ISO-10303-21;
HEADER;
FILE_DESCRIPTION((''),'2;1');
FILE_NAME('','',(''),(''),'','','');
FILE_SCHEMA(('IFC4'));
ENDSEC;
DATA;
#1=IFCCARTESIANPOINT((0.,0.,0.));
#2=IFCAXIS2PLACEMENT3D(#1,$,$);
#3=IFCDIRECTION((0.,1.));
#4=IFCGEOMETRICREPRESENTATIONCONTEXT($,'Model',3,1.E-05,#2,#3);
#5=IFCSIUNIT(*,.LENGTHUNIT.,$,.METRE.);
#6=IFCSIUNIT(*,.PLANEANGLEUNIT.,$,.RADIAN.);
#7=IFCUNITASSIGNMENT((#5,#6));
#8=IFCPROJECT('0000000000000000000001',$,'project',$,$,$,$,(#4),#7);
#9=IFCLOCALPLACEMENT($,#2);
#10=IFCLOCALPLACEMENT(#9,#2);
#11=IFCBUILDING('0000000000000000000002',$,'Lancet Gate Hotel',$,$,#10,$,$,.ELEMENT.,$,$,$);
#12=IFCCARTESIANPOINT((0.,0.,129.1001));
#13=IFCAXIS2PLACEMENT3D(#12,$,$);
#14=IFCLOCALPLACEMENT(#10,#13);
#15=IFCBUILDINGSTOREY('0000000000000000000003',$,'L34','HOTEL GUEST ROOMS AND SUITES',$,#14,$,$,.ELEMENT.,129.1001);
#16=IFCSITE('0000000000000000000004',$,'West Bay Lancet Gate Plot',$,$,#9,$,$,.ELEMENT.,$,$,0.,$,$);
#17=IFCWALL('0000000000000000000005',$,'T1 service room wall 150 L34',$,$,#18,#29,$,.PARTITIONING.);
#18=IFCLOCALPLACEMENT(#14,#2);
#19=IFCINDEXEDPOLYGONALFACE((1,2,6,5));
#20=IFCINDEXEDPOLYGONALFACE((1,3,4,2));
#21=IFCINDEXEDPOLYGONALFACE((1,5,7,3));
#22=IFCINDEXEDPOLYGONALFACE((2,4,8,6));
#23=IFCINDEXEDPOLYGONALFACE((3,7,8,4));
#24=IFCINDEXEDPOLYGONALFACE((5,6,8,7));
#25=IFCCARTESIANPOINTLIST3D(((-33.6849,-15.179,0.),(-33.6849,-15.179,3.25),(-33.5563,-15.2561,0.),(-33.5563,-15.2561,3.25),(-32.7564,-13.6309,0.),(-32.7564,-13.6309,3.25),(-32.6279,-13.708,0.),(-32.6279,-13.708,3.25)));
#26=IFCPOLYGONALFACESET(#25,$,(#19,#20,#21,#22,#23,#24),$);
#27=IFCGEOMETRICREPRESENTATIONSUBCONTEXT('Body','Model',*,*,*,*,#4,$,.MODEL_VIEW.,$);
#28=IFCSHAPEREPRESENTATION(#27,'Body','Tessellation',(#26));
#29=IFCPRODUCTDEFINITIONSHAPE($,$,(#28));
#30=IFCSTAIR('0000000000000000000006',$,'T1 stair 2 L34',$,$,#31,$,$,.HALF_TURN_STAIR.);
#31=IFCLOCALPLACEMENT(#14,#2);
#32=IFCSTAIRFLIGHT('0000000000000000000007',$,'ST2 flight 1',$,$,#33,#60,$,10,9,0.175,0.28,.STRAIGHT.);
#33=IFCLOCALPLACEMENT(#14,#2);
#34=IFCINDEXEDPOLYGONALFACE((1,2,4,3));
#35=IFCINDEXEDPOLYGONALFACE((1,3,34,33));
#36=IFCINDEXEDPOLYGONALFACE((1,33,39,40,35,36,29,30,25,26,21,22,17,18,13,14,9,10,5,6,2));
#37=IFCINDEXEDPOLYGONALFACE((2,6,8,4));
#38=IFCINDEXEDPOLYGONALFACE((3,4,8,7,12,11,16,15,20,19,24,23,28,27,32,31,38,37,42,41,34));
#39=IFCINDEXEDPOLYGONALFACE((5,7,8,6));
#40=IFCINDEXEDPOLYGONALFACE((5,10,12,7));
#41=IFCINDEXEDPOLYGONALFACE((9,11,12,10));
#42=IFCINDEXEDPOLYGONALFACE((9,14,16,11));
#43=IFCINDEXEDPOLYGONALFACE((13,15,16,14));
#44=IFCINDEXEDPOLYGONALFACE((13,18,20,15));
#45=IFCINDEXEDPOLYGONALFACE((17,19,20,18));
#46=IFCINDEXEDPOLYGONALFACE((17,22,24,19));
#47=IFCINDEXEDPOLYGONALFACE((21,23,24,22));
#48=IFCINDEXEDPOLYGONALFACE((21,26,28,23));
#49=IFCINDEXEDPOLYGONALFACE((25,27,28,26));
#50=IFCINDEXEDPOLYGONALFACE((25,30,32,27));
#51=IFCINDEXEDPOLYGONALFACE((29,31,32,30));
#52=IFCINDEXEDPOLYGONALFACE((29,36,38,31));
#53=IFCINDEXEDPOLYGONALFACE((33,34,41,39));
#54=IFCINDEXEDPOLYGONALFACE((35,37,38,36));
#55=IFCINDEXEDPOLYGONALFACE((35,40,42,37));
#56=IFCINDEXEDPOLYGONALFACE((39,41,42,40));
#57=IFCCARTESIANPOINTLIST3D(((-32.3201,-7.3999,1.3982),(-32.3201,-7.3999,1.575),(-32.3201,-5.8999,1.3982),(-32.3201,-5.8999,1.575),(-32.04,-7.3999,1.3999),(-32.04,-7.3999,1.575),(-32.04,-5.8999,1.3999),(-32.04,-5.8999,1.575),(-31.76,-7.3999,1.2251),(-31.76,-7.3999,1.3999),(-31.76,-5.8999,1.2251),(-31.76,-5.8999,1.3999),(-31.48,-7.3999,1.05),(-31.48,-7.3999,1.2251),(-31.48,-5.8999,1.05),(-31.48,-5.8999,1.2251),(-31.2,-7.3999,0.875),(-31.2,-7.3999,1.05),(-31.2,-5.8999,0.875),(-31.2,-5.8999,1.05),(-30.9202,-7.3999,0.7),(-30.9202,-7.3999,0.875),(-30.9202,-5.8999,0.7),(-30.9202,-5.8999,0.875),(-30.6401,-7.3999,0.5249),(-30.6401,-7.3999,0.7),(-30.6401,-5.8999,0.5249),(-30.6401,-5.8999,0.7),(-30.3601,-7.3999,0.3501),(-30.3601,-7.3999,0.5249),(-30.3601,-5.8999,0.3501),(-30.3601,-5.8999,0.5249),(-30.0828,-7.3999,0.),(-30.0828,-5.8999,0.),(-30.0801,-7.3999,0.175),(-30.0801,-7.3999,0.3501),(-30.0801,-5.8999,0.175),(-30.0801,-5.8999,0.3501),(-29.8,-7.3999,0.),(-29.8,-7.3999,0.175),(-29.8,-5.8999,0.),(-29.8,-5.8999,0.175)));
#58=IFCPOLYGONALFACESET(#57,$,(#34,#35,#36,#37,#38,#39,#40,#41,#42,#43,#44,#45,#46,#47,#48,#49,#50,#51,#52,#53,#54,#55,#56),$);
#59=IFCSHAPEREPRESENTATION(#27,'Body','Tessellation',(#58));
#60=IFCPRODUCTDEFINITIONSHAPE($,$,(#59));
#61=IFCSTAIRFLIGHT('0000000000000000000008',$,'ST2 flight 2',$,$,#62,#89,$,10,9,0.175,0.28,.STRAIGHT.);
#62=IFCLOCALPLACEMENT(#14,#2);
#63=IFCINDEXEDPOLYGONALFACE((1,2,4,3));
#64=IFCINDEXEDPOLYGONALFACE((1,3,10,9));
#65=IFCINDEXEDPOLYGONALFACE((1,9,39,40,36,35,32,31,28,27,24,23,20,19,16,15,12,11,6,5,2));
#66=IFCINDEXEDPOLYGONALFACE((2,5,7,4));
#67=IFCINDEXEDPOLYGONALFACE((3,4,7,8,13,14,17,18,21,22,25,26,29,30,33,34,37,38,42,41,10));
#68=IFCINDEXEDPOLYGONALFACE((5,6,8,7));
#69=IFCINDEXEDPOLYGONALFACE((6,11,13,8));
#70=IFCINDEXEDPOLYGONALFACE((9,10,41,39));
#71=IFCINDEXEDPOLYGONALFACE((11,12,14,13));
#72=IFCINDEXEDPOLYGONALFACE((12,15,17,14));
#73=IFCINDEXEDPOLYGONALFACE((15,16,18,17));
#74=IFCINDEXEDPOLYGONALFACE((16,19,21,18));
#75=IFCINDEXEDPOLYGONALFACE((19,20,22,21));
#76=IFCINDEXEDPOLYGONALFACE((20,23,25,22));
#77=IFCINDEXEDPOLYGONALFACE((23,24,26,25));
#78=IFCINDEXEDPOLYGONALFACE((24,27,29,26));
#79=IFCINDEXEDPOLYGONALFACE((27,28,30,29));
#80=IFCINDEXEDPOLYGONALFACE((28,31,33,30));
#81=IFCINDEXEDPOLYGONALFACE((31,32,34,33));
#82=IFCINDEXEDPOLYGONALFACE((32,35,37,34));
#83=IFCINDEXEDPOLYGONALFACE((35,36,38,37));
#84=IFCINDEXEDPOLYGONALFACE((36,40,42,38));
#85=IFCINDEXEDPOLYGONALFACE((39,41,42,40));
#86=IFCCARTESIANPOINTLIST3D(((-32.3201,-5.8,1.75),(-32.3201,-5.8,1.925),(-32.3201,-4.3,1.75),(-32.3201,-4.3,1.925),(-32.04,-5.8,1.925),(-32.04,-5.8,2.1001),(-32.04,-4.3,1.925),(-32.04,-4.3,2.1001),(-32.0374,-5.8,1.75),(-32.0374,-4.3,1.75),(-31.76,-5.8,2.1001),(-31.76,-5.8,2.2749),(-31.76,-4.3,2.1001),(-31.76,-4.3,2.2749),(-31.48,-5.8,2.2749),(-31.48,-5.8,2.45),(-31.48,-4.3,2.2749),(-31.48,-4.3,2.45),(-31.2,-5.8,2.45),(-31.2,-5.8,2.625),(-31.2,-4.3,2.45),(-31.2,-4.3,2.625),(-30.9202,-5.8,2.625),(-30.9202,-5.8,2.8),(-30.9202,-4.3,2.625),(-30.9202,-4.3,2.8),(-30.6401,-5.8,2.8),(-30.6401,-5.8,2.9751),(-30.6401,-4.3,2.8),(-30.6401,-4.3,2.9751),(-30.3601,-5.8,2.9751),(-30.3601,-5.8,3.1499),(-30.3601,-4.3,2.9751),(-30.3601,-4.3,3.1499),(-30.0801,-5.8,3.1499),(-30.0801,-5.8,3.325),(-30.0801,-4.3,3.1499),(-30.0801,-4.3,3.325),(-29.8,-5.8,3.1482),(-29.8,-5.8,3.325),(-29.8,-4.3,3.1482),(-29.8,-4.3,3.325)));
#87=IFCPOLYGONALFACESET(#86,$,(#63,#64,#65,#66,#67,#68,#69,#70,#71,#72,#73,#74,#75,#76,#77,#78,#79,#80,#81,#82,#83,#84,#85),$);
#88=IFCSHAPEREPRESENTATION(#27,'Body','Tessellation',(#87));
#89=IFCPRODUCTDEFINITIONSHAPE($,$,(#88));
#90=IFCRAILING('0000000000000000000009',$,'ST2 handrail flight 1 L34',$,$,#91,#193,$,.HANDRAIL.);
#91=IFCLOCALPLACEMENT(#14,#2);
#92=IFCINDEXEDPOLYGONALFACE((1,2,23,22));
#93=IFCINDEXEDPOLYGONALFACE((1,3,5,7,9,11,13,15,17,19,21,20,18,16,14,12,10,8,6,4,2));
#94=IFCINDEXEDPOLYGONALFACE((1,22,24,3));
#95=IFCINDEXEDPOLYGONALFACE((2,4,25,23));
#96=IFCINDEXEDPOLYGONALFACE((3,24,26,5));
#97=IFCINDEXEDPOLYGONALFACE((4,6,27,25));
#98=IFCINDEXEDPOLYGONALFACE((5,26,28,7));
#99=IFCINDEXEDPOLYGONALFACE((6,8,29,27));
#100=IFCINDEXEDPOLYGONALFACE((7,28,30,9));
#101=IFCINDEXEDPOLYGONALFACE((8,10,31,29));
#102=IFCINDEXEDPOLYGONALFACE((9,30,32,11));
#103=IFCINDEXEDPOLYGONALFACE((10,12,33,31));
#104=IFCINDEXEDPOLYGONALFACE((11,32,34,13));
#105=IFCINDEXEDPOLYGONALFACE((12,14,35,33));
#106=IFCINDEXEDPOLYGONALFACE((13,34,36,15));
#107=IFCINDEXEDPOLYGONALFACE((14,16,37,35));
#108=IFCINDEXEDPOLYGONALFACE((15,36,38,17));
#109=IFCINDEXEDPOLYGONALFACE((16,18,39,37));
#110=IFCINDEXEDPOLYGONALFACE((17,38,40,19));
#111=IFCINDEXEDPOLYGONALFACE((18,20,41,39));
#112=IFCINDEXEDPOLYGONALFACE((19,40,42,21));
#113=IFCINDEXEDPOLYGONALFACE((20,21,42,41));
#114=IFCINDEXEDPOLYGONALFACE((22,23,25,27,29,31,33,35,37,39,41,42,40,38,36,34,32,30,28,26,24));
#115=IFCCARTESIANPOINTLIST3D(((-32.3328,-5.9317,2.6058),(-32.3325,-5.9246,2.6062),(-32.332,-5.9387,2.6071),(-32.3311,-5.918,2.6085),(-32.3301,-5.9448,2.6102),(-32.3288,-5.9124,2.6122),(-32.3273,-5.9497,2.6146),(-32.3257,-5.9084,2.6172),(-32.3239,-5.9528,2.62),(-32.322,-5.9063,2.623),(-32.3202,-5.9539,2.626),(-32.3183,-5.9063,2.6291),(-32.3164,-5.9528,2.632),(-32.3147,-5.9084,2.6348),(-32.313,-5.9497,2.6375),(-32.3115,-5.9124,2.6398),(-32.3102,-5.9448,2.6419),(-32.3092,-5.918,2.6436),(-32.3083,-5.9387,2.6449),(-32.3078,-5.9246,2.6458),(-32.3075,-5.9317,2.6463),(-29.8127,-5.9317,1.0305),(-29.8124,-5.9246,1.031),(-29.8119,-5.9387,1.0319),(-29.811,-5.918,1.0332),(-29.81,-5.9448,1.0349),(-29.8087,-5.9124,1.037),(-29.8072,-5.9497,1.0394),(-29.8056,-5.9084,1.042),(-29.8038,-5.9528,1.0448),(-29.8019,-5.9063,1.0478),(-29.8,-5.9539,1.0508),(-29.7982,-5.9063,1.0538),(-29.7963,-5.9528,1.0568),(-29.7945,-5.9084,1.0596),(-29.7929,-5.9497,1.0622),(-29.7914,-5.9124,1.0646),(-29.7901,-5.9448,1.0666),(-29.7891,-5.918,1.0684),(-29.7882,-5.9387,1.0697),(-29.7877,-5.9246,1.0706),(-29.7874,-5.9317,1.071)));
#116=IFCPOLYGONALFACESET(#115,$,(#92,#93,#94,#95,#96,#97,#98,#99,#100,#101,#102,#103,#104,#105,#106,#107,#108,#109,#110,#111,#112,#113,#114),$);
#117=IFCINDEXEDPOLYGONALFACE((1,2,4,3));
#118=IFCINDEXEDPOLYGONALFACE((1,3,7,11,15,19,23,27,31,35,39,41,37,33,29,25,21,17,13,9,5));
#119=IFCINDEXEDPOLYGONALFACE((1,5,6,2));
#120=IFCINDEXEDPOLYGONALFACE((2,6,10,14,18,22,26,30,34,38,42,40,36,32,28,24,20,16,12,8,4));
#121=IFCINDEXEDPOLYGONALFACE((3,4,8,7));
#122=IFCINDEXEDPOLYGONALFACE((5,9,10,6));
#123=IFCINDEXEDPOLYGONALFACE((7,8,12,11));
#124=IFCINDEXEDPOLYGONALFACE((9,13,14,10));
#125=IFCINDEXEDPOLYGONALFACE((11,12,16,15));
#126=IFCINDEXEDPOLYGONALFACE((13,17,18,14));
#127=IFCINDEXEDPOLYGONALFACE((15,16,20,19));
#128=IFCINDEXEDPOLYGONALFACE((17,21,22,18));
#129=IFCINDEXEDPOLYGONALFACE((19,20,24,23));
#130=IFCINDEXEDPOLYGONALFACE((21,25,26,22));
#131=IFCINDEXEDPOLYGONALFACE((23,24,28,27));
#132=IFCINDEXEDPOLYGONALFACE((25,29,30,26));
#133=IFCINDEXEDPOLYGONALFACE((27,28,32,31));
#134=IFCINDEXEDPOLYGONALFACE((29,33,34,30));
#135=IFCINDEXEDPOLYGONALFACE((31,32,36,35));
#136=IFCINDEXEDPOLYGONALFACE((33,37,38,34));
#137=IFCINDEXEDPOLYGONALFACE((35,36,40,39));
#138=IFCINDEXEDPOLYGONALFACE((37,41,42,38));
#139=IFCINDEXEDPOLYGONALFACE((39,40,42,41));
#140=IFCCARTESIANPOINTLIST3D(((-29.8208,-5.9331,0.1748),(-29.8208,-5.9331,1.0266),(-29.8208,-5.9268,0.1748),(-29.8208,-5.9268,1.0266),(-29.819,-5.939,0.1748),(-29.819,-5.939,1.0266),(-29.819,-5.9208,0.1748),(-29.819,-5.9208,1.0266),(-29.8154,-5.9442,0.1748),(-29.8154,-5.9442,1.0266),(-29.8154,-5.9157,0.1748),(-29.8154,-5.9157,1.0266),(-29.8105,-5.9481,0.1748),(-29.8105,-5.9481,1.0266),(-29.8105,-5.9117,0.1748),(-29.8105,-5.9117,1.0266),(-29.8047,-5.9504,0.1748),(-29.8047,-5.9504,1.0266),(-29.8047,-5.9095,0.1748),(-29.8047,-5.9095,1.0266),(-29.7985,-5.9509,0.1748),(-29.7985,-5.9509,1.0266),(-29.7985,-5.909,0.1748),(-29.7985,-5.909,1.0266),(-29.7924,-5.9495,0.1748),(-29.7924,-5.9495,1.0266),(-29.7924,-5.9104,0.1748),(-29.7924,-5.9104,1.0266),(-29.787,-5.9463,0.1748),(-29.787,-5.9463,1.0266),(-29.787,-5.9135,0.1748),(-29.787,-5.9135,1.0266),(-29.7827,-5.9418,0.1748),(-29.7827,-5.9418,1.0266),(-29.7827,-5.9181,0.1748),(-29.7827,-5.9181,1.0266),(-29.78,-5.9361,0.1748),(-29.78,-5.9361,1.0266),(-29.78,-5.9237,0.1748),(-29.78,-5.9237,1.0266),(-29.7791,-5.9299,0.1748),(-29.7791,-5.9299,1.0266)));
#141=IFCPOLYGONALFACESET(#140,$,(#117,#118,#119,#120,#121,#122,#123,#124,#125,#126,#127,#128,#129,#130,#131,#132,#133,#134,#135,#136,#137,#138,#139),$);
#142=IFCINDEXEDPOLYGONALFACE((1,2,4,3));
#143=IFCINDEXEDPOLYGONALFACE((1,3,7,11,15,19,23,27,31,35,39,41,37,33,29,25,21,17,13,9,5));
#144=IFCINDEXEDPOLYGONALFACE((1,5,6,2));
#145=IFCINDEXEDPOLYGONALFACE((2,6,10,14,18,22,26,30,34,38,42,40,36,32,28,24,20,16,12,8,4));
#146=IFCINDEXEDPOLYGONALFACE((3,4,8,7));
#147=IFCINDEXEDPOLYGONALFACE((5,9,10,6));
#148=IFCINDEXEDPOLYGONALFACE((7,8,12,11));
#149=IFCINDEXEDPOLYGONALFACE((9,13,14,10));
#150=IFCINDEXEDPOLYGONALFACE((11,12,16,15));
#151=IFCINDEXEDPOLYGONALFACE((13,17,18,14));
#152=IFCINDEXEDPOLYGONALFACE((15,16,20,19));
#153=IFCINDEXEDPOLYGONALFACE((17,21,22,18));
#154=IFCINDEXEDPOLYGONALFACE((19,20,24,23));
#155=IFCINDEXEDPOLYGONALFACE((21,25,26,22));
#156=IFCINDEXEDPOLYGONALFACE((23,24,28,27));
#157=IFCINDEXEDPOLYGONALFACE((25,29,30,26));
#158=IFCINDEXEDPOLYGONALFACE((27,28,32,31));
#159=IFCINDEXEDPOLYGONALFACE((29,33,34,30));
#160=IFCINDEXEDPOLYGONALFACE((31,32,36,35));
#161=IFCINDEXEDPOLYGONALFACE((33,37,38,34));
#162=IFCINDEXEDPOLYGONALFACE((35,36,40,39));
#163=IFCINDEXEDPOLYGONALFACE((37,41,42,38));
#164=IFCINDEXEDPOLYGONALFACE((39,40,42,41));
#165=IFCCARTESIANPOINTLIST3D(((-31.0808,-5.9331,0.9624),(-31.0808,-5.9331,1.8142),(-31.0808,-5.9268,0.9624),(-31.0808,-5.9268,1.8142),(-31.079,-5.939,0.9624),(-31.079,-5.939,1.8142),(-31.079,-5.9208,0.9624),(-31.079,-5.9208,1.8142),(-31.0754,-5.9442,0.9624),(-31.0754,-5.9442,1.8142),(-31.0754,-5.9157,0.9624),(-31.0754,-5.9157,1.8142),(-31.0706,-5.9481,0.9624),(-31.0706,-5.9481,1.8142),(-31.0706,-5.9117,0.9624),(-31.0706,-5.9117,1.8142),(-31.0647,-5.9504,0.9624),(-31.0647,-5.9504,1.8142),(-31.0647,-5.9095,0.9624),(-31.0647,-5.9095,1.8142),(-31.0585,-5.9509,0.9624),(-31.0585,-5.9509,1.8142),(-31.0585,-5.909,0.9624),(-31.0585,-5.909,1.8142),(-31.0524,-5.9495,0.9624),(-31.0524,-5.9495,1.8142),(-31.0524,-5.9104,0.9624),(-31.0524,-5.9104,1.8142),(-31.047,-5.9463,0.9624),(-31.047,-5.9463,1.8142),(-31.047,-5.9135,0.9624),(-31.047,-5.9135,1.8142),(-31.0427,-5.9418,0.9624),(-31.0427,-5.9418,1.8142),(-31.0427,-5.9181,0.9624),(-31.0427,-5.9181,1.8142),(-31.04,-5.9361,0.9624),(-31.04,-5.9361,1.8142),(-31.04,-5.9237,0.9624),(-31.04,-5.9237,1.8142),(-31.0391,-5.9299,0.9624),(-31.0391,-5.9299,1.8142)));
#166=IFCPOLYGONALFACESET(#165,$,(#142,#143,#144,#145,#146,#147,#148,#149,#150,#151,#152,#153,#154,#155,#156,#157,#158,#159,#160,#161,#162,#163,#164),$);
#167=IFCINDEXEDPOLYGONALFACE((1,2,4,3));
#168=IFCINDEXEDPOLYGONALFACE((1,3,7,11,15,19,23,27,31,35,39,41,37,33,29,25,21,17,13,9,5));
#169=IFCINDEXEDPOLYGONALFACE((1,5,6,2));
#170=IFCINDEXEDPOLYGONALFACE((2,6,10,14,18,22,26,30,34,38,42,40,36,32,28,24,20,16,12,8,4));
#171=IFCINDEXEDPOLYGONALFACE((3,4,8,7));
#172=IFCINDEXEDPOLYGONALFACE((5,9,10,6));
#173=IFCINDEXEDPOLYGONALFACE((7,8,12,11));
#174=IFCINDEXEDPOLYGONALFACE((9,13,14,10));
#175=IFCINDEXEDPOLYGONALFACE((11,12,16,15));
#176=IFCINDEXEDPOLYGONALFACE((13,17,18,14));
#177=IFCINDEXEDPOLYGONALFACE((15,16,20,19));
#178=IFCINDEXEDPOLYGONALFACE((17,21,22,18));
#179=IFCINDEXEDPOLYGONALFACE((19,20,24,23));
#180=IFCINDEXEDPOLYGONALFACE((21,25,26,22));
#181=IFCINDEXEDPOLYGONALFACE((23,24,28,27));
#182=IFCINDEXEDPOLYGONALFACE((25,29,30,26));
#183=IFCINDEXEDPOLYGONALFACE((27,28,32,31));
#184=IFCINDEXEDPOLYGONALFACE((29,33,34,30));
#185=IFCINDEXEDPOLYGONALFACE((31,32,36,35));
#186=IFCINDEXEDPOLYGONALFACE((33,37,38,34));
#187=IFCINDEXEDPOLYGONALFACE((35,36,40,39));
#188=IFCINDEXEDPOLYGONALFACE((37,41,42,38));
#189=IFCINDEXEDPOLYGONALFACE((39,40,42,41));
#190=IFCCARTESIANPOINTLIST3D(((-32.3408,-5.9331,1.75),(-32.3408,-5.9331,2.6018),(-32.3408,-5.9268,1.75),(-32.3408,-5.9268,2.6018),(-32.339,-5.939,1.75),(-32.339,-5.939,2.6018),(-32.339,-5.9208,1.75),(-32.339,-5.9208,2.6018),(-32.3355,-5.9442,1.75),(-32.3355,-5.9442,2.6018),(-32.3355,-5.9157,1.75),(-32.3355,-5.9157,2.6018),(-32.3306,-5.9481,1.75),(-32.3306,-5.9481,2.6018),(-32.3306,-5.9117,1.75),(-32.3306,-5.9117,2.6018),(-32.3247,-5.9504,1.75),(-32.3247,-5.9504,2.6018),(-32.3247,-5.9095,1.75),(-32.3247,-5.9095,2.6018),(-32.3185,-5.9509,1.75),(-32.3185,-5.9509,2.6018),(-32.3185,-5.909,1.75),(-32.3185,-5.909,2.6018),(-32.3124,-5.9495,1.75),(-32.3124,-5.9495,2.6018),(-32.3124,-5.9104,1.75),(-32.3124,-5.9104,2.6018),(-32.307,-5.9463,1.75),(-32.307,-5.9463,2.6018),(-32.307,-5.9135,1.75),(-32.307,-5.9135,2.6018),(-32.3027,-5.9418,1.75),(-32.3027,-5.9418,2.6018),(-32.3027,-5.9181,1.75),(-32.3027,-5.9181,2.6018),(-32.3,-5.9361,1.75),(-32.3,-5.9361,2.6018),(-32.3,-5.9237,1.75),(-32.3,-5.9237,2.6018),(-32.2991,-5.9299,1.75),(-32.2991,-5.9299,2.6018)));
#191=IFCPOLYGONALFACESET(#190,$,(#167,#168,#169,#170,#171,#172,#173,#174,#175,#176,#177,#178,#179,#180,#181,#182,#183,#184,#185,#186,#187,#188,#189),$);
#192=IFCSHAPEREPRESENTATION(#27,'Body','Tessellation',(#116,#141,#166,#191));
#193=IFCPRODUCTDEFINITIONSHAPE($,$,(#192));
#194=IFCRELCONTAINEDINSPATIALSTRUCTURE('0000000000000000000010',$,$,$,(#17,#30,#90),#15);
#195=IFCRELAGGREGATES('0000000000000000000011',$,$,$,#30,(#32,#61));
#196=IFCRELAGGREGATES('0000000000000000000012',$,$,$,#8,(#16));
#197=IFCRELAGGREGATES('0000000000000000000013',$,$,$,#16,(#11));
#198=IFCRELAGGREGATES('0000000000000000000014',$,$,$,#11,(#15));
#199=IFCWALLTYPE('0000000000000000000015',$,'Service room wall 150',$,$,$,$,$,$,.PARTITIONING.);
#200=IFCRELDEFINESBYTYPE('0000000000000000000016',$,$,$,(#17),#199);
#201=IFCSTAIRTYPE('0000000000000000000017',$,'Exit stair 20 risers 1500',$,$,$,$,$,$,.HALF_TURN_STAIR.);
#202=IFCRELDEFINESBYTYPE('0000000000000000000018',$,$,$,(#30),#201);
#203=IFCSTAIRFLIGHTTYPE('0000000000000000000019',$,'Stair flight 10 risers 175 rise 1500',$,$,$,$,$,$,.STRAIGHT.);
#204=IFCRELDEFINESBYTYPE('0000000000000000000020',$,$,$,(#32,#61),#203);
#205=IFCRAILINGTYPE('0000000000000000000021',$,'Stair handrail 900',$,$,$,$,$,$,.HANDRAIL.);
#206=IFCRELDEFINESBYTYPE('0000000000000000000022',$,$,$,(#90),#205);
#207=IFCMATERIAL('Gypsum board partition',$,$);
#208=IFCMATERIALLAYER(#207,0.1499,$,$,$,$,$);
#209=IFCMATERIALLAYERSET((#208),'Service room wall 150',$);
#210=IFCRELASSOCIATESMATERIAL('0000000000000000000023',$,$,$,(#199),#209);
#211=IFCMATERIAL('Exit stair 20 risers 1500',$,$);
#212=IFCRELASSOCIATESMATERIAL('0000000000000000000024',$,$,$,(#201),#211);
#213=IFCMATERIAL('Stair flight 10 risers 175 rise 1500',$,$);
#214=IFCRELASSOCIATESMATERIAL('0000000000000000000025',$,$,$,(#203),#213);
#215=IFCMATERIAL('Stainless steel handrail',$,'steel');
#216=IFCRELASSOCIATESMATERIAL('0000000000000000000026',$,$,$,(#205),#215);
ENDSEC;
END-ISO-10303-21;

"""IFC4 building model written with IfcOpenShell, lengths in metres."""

from ifc_helpers import new_model, si_unit, direction, frame, frame_2d, origin, origin_2d, place, context, subcontext, project, spatial, polyline, rectangle, circle, outline, extrude, material, layer, layer_set, type_object, element, aggregate, save


model = new_model("IFC4")

# Units and contexts
model_context = context("Model", 3, precision=1e-05, world=origin(), true_north=direction((0.0, 1.0)))
body_context = subcontext(model_context, "Body", "Model", "MODEL_VIEW")
ifc_project = project(units=[si_unit("LENGTHUNIT", "METRE"), si_unit("PLANEANGLEUNIT", "RADIAN")], contexts=[model_context])

# Site, building, storey
site_placement = place(None, origin())
site = spatial("IfcSite", under=ifc_project, at=site_placement, Name="West Bay Lancet Gate Plot", CompositionType="ELEMENT", RefElevation=0.0)
building_placement = place(site_placement, origin())
building = spatial("IfcBuilding", under=site, at=building_placement, Name="Lancet Gate Hotel", CompositionType="ELEMENT")
storey_placement = place(building_placement, frame((0.0, 0.0, 129.1001)))
storey = spatial("IfcBuildingStorey", under=building, at=storey_placement, Name="L34", Description="HOTEL GUEST ROOMS AND SUITES", CompositionType="ELEMENT", Elevation=129.1001)

# Wall
ifc_material_1 = material(Name="Gypsum board partition")
ifc_layer_1 = layer(ifc_material_1, 0.1499)
ifc_layer_set_1 = layer_set([ifc_layer_1], Name="Service room wall 150")
wall_type_1 = type_object("IfcWallType", Name="Service room wall 150", PredefinedType="PARTITIONING", material=ifc_layer_set_1)
wall_1_placement = place(storey_placement, frame((-33.6206, -15.2175, 0.0), z_axis=(0.0, 0.0, 1.0), x_axis=(0.514337, 0.857588, 0.0)))
element("IfcWall", 1, at=wall_1_placement, inside=storey, type_object=wall_type_1, Name="T1 service room wall 150 L34", PredefinedType="PARTITIONING", context=body_context, shape_type="SweptSolid", body=[
    extrude(rectangle(XDim=1.8052, YDim=0.1499, at=frame_2d((0.9026, 0.0))), origin(), (0.0, 0.0, 1.0), 3.25),
])

# Stair, stair flights
ifc_material_2 = material(Name="Exit stair 20 risers 1500")
stair_type = type_object("IfcStairType", Name="Exit stair 20 risers 1500", PredefinedType="HALF_TURN_STAIR", material=ifc_material_2)
stair_placement = place(storey_placement, origin())
stair = element("IfcStair", 2, at=stair_placement, inside=storey, type_object=stair_type, Name="T1 stair 2 L34", PredefinedType="HALF_TURN_STAIR")
ifc_material_3 = material(Name="Stair flight 10 risers 175 rise 1500")
stair_flight_type = type_object("IfcStairFlightType", Name="Stair flight 10 risers 175 rise 1500", PredefinedType="STRAIGHT", material=ifc_material_3)
stair_flight_1_placement = place(storey_placement, frame((-29.8, -6.6499, 0.0), z_axis=(0.0, 0.0, 1.0), x_axis=(-1.0, 0.0, 0.0)))
stair_flight_1 = element("IfcStairFlight", 3, at=stair_flight_1_placement, type_object=stair_flight_type, Name="ST2 flight 1", NumberOfRisers=10, NumberOfTreads=9, PredefinedType="STRAIGHT", RiserHeight=0.175, TreadLength=0.28, context=body_context, shape_type="SweptSolid", body=[
    extrude(outline(polyline([(0.0, 0.0), (0.0, 0.175), (0.28, 0.175), (0.28, 0.3501), (0.5601, 0.3501), (0.5601, 0.5249), (0.8401, 0.5249), (0.8401, 0.7), (1.1201, 0.7), (1.1201, 0.875), (1.3999, 0.875), (1.3999, 1.05), (1.6799, 1.05), (1.6799, 1.2251), (1.96, 1.2251), (1.96, 1.3999), (2.24, 1.3999), (2.24, 1.575), (2.52, 1.575), (2.52, 1.75), (2.52, 1.3982), (0.2827, 0.0), (0.0, 0.0)])), frame((0.0, 0.75, 0.0), z_axis=(0.0, -1.0, 0.0), x_axis=(1.0, 0.0, 0.0)), (0.0, 0.0, 1.0), 1.5),
])
stair_flight_2_placement = place(storey_placement, frame((-32.3201, -5.05, 1.75), z_axis=(0.0, 0.0, 1.0), x_axis=(1.0, 0.0, 0.0)))
stair_flight_2 = element("IfcStairFlight", 4, at=stair_flight_2_placement, type_object=stair_flight_type, Name="ST2 flight 2", NumberOfRisers=10, NumberOfTreads=9, PredefinedType="STRAIGHT", RiserHeight=0.175, TreadLength=0.28, context=body_context, shape_type="SweptSolid", body=[
    extrude(outline(polyline([(0.0, 0.0), (0.0, 0.175), (0.28, 0.175), (0.28, 0.3501), (0.5601, 0.3501), (0.5601, 0.5249), (0.8401, 0.5249), (0.8401, 0.7), (1.1201, 0.7), (1.1201, 0.875), (1.3999, 0.875), (1.3999, 1.05), (1.6799, 1.05), (1.6799, 1.2251), (1.96, 1.2251), (1.96, 1.3999), (2.24, 1.3999), (2.24, 1.575), (2.52, 1.575), (2.52, 1.75), (2.52, 1.3982), (0.2827, 0.0), (0.0, 0.0)])), frame((0.0, 0.75, 0.0), z_axis=(0.0, -1.0, 0.0), x_axis=(1.0, 0.0, 0.0)), (0.0, 0.0, 1.0), 1.5),
])
aggregate(stair, [stair_flight_1, stair_flight_2])

# Railing
ifc_material_4 = material(Name="Stainless steel handrail", Category="steel")
railing_type = type_object("IfcRailingType", Name="Stair handrail 900", PredefinedType="HANDRAIL", material=ifc_material_4)
railing_1_placement = place(storey_placement, frame((-29.8, -5.9299, 0.1748)))
element("IfcRailing", 5, at=railing_1_placement, inside=storey, type_object=railing_type, Name="ST2 handrail flight 1 L34", PredefinedType="HANDRAIL", context=body_context, shape_type="SweptSolid", body=[
    extrude(circle(Radius=0.0239, at=origin_2d()), frame((0.0, 0.0, 0.876), z_axis=(-0.847971, 0.0, 0.530043), x_axis=(0.0, -1.0, 0.0)), (0.0, 0.0, 1.0), 2.9719),
    extrude(circle(Radius=0.021, at=origin_2d()), origin(), (0.0, 0.0, 1.0), 0.8518),
    extrude(circle(Radius=0.021, at=origin_2d()), frame((-1.26, 0.0, 0.7876)), (0.0, 0.0, 1.0), 0.8518),
    extrude(circle(Radius=0.021, at=origin_2d()), frame((-2.52, 0.0, 1.5752)), (0.0, 0.0, 1.0), 0.8518),
])

save(model, "model.ifc")
